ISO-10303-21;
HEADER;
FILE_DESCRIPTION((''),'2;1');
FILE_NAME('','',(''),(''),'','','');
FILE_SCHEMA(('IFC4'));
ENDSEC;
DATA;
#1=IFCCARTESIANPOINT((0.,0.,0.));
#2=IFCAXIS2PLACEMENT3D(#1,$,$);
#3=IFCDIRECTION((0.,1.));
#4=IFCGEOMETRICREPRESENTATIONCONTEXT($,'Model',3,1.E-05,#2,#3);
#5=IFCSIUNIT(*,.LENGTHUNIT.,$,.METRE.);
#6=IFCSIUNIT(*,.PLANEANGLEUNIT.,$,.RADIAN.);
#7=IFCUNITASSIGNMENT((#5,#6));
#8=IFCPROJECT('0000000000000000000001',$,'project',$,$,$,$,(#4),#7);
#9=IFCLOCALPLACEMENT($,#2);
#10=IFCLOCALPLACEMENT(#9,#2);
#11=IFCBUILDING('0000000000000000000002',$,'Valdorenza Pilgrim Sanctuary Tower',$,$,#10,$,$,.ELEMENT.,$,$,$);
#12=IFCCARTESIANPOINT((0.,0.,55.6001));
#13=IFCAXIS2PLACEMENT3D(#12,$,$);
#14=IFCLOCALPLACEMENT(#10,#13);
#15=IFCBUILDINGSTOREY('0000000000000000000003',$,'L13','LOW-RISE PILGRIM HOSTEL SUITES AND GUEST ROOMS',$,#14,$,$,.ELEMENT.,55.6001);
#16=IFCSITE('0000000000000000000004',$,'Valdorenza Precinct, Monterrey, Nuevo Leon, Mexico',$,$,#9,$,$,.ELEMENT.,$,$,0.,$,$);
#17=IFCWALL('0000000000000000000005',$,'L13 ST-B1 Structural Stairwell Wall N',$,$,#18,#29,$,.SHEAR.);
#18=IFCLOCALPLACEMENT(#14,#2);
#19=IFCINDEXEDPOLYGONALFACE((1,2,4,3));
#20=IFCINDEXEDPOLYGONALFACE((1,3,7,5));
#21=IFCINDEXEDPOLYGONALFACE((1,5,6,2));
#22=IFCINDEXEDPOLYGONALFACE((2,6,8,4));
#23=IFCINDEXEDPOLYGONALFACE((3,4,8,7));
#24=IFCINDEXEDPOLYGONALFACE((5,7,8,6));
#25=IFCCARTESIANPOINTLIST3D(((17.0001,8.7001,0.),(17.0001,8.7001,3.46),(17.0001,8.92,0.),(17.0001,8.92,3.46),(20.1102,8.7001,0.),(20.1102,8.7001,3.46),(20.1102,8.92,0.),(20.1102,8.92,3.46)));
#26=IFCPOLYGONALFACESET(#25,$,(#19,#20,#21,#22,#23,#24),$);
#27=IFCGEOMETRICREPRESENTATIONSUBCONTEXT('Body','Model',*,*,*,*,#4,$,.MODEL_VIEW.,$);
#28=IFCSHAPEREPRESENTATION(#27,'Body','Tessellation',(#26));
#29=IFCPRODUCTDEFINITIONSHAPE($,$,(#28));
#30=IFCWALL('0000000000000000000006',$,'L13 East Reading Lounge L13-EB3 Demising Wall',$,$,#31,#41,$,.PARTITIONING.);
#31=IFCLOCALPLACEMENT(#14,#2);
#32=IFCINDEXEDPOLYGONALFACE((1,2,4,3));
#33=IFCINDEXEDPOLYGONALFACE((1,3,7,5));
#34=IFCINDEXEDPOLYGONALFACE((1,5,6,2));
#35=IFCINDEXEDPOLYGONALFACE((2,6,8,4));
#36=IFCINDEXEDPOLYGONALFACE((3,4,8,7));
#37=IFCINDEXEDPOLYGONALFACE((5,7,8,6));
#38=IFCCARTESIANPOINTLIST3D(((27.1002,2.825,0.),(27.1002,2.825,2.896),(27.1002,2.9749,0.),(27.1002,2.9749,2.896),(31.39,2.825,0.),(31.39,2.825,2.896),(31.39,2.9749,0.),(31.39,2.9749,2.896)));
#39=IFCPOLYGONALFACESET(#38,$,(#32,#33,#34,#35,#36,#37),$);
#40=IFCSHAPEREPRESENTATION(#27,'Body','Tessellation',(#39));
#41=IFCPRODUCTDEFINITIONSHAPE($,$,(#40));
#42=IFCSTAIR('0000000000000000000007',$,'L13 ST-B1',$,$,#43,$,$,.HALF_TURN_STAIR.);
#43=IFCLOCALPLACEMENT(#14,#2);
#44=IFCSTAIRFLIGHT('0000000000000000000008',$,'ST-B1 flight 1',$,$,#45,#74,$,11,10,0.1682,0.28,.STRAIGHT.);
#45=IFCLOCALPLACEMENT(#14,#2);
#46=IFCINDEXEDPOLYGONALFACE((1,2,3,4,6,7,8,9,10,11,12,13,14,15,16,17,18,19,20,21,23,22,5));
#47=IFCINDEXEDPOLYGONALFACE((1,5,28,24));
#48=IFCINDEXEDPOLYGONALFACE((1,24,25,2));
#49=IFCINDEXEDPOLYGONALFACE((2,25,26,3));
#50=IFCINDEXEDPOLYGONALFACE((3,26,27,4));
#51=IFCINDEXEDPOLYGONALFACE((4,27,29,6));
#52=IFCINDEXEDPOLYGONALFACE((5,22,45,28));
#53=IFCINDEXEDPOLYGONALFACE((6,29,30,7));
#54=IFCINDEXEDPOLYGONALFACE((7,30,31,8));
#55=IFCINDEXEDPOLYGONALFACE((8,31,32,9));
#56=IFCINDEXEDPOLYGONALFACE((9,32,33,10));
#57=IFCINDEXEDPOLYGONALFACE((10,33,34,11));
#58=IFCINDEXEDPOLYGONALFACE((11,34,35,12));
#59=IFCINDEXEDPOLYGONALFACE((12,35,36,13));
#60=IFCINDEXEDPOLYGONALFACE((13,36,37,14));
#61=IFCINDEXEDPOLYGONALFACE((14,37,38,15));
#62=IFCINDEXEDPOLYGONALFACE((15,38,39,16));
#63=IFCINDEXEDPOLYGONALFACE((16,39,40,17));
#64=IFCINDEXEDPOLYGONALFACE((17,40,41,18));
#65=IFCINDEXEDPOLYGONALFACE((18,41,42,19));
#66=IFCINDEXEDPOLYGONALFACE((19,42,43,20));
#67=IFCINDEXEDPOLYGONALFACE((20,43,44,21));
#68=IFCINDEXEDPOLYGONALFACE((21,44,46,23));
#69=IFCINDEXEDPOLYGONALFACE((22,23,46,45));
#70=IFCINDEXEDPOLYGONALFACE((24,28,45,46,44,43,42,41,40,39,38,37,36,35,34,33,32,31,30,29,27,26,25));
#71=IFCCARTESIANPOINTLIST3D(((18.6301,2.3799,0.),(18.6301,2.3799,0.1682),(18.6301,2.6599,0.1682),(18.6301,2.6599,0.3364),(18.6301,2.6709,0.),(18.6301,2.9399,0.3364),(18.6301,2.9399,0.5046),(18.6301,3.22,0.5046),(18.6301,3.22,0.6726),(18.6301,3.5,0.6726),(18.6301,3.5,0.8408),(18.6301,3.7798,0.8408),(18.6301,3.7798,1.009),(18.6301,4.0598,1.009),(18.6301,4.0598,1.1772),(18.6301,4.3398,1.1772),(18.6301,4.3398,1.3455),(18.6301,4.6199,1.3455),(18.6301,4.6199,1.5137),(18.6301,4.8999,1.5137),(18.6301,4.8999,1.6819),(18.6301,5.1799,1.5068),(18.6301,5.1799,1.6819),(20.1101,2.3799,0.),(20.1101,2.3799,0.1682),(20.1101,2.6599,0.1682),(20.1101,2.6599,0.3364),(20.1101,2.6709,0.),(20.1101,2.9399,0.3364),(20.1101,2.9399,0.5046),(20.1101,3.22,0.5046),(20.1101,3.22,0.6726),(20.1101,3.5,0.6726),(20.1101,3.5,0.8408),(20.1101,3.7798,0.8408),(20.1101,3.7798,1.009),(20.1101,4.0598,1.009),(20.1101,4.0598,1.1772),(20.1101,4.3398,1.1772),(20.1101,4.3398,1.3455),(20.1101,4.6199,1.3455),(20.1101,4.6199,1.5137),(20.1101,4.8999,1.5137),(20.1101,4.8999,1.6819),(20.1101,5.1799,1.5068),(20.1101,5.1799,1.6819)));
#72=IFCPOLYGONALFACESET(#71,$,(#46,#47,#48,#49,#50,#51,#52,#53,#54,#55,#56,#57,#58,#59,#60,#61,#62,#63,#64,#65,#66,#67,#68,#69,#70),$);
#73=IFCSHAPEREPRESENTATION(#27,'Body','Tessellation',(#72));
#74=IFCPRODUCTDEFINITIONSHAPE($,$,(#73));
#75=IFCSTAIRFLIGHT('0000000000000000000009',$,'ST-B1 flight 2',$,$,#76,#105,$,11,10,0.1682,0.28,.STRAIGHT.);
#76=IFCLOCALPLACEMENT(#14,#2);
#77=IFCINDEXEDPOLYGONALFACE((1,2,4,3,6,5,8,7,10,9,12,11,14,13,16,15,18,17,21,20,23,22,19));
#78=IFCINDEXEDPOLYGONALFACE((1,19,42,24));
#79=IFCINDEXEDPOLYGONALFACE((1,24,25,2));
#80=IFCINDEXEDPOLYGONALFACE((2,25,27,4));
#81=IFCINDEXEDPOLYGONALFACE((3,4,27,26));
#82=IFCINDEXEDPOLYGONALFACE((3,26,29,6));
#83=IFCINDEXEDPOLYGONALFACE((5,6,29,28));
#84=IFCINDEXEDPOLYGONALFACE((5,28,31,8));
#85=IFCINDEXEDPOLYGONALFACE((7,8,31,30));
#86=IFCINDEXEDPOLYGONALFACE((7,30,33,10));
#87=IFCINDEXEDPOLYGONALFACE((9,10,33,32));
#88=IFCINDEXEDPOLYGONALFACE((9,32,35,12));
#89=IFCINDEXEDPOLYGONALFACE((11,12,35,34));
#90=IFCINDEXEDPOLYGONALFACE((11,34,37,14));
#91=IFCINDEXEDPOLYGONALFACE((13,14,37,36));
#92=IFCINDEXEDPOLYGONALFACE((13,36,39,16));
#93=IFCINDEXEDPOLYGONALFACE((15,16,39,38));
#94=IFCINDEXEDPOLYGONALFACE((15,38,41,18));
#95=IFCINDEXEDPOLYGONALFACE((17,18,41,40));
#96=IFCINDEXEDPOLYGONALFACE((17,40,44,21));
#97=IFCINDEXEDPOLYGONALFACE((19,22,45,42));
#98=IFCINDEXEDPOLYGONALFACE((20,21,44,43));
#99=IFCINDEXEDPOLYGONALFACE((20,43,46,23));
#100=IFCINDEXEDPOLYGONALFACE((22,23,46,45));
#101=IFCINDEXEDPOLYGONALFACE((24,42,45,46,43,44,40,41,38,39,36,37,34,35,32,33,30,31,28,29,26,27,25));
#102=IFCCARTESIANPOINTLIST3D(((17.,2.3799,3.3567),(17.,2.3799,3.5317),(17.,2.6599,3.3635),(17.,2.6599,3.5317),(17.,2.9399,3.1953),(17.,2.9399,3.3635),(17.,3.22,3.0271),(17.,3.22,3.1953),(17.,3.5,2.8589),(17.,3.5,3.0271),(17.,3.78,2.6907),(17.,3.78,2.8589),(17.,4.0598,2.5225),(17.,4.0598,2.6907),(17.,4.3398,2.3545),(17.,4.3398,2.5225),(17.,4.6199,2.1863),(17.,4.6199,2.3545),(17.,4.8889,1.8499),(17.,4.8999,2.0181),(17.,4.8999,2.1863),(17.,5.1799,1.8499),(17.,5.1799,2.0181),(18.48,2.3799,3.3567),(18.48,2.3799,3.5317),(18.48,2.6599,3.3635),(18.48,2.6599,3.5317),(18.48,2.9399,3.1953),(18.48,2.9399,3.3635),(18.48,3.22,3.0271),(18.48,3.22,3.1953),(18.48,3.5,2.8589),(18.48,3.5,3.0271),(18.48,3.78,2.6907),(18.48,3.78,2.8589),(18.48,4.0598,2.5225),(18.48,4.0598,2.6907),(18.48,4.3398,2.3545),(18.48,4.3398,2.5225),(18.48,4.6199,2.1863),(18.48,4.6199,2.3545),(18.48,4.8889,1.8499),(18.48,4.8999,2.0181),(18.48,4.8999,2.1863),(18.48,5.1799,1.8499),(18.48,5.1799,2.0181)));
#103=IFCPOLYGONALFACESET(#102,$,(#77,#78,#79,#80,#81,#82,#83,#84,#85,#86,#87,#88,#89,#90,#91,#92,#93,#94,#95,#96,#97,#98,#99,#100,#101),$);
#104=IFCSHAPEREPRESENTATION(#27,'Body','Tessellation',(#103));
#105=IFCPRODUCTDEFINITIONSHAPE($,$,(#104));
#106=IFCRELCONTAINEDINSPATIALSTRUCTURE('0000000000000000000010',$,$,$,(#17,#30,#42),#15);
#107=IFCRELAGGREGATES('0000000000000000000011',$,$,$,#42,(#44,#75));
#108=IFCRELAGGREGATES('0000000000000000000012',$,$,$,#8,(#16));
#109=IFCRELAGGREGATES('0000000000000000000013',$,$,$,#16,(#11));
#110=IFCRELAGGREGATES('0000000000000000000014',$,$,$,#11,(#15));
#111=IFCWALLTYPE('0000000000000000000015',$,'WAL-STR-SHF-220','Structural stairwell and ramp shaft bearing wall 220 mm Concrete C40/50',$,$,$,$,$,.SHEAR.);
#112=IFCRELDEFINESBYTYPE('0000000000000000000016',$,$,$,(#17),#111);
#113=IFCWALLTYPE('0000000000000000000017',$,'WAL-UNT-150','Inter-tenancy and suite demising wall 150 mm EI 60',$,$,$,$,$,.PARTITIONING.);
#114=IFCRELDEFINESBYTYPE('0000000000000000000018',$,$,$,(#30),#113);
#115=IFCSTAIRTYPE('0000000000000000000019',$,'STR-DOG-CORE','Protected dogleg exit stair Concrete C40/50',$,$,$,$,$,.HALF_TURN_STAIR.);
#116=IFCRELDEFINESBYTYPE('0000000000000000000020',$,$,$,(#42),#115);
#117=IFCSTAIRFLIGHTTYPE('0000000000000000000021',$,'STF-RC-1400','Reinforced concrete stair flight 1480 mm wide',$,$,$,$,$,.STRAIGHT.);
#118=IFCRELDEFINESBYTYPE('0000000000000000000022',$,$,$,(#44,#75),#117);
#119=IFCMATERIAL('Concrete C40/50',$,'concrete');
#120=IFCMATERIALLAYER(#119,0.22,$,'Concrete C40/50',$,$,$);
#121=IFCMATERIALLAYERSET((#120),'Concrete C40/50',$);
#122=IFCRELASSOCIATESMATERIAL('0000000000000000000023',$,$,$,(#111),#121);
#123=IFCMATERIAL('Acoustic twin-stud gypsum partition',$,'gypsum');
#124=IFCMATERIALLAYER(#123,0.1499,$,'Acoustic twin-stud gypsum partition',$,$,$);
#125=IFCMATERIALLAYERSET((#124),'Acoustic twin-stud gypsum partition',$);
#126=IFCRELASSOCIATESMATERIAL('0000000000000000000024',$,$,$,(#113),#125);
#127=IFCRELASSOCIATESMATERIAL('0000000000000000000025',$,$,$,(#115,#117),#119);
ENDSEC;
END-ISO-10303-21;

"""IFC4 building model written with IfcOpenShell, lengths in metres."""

from ifc_helpers import new_model, si_unit, direction, frame, frame_2d, origin, place, context, subcontext, project, spatial, polyline, rectangle, outline, extrude, material, layer, layer_set, type_object, element, aggregate, save


model = new_model("IFC4")

# Units and contexts
model_context = context("Model", 3, precision=1e-05, world=origin(), true_north=direction((0.0, 1.0)))
body_context = subcontext(model_context, "Body", "Model", "MODEL_VIEW")
ifc_project = project(units=[si_unit("LENGTHUNIT", "METRE"), si_unit("PLANEANGLEUNIT", "RADIAN")], contexts=[model_context])

# Site, building, storey
site_placement = place(None, origin())
site = spatial("IfcSite", under=ifc_project, at=site_placement, Name="Valdorenza Precinct, Monterrey, Nuevo Leon, Mexico", CompositionType="ELEMENT", RefElevation=0.0)
building_placement = place(site_placement, origin())
building = spatial("IfcBuilding", under=site, at=building_placement, Name="Valdorenza Pilgrim Sanctuary Tower", CompositionType="ELEMENT")
storey_placement = place(building_placement, frame((0.0, 0.0, 55.6001)))
storey = spatial("IfcBuildingStorey", under=building, at=storey_placement, Name="L13", Description="LOW-RISE PILGRIM HOSTEL SUITES AND GUEST ROOMS", CompositionType="ELEMENT", Elevation=55.6001)

# Shared definitions
ifc_material_1 = material(Name="Acoustic twin-stud gypsum partition", Category="gypsum")

# Shared definitions
ifc_material_2 = material(Name="Concrete C40/50", Category="concrete")
ifc_layer_1 = layer(ifc_material_2, 0.22, Name="Concrete C40/50")
ifc_layer_set_1 = layer_set([ifc_layer_1], Name="Concrete C40/50")
wall_type_1 = type_object("IfcWallType", Name="WAL-STR-SHF-220", Description="Structural stairwell and ramp shaft bearing wall 220 mm Concrete C40/50", PredefinedType="SHEAR", material=ifc_layer_set_1)

# Walls
wall_1_placement = place(storey_placement, frame((17.0, 8.8101, 0.0), z_axis=(0.0, 0.0, 1.0), x_axis=(1.0, 0.0, 0.0)))
element("IfcWall", 1, at=wall_1_placement, inside=storey, type_object=wall_type_1, Name="L13 ST-B1 Structural Stairwell Wall N", PredefinedType="SHEAR", context=body_context, shape_type="SweptSolid", body=[
    extrude(rectangle(XDim=3.1101, YDim=0.22, at=frame_2d((1.5552, 0.0))), origin(), (0.0, 0.0, 1.0), 3.46),
])
ifc_layer_2 = layer(ifc_material_1, 0.1499, Name="Acoustic twin-stud gypsum partition")
ifc_layer_set_2 = layer_set([ifc_layer_2], Name="Acoustic twin-stud gypsum partition")
wall_type_2 = type_object("IfcWallType", Name="WAL-UNT-150", Description="Inter-tenancy and suite demising wall 150 mm EI 60", PredefinedType="PARTITIONING", material=ifc_layer_set_2)
wall_2_placement = place(storey_placement, frame((27.1001, 2.8999, 0.0), z_axis=(0.0, 0.0, 1.0), x_axis=(1.0, 0.0, 0.0)))
element("IfcWall", 2, at=wall_2_placement, inside=storey, type_object=wall_type_2, Name="L13 East Reading Lounge L13-EB3 Demising Wall", PredefinedType="PARTITIONING", context=body_context, shape_type="SweptSolid", body=[
    extrude(rectangle(XDim=4.2898, YDim=0.1499, at=frame_2d((2.145, 0.0))), origin(), (0.0, 0.0, 1.0), 2.896),
])

# Stair, stair flights
stair_type = type_object("IfcStairType", Name="STR-DOG-CORE", Description="Protected dogleg exit stair Concrete C40/50", PredefinedType="HALF_TURN_STAIR", material=ifc_material_2)
stair_placement = place(storey_placement, origin())
stair = element("IfcStair", 3, at=stair_placement, inside=storey, type_object=stair_type, Name="L13 ST-B1", PredefinedType="HALF_TURN_STAIR")
stair_flight_type = type_object("IfcStairFlightType", Name="STF-RC-1400", Description="Reinforced concrete stair flight 1480 mm wide", PredefinedType="STRAIGHT", material=ifc_material_2)
stair_flight_1_placement = place(storey_placement, frame((19.3701, 2.3799, 0.0), z_axis=(0.0, 0.0, 1.0), x_axis=(0.0, 1.0, 0.0)))
stair_flight_1 = element("IfcStairFlight", 4, at=stair_flight_1_placement, type_object=stair_flight_type, Name="ST-B1 flight 1", NumberOfRisers=11, NumberOfTreads=10, PredefinedType="STRAIGHT", RiserHeight=0.1682, TreadLength=0.28, context=body_context, shape_type="SweptSolid", body=[
    extrude(outline(polyline([(0.0, 0.0), (0.0, 0.1682), (0.28, 0.1682), (0.28, 0.3364), (0.5601, 0.3364), (0.5601, 0.5046), (0.8401, 0.5046), (0.8401, 0.6726), (1.1201, 0.6726), (1.1201, 0.8408), (1.3999, 0.8408), (1.3999, 1.009), (1.6799, 1.009), (1.6799, 1.1772), (1.96, 1.1772), (1.96, 1.3455), (2.24, 1.3455), (2.24, 1.5137), (2.52, 1.5137), (2.52, 1.6819), (2.8, 1.6819), (2.8, 1.8501), (2.8, 1.5068), (0.291, 0.0), (0.0, 0.0)])), frame((0.0, 0.74, 0.0), z_axis=(0.0, -1.0, 0.0), x_axis=(1.0, 0.0, 0.0)), (0.0, 0.0, 1.0), 1.48),
])
stair_flight_2_placement = place(storey_placement, frame((17.74, 5.1799, 1.8499), z_axis=(0.0, 0.0, 1.0), x_axis=(0.0, -1.0, 0.0)))
stair_flight_2 = element("IfcStairFlight", 5, at=stair_flight_2_placement, type_object=stair_flight_type, Name="ST-B1 flight 2", NumberOfRisers=11, NumberOfTreads=10, PredefinedType="STRAIGHT", RiserHeight=0.1682, TreadLength=0.28, context=body_context, shape_type="SweptSolid", body=[
    extrude(outline(polyline([(0.0, 0.0), (0.0, 0.1682), (0.28, 0.1682), (0.28, 0.3364), (0.5601, 0.3364), (0.5601, 0.5046), (0.8401, 0.5046), (0.8401, 0.6726), (1.1201, 0.6726), (1.1201, 0.8408), (1.3999, 0.8408), (1.3999, 1.009), (1.6799, 1.009), (1.6799, 1.1772), (1.96, 1.1772), (1.96, 1.3455), (2.24, 1.3455), (2.24, 1.5137), (2.52, 1.5137), (2.52, 1.6819), (2.8, 1.6819), (2.8, 1.8501), (2.8, 1.5068), (0.291, 0.0), (0.0, 0.0)])), frame((0.0, 0.74, 0.0), z_axis=(0.0, -1.0, 0.0), x_axis=(1.0, 0.0, 0.0)), (0.0, 0.0, 1.0), 1.48),
])
aggregate(stair, [stair_flight_1, stair_flight_2])

save(model, "model.ifc")
